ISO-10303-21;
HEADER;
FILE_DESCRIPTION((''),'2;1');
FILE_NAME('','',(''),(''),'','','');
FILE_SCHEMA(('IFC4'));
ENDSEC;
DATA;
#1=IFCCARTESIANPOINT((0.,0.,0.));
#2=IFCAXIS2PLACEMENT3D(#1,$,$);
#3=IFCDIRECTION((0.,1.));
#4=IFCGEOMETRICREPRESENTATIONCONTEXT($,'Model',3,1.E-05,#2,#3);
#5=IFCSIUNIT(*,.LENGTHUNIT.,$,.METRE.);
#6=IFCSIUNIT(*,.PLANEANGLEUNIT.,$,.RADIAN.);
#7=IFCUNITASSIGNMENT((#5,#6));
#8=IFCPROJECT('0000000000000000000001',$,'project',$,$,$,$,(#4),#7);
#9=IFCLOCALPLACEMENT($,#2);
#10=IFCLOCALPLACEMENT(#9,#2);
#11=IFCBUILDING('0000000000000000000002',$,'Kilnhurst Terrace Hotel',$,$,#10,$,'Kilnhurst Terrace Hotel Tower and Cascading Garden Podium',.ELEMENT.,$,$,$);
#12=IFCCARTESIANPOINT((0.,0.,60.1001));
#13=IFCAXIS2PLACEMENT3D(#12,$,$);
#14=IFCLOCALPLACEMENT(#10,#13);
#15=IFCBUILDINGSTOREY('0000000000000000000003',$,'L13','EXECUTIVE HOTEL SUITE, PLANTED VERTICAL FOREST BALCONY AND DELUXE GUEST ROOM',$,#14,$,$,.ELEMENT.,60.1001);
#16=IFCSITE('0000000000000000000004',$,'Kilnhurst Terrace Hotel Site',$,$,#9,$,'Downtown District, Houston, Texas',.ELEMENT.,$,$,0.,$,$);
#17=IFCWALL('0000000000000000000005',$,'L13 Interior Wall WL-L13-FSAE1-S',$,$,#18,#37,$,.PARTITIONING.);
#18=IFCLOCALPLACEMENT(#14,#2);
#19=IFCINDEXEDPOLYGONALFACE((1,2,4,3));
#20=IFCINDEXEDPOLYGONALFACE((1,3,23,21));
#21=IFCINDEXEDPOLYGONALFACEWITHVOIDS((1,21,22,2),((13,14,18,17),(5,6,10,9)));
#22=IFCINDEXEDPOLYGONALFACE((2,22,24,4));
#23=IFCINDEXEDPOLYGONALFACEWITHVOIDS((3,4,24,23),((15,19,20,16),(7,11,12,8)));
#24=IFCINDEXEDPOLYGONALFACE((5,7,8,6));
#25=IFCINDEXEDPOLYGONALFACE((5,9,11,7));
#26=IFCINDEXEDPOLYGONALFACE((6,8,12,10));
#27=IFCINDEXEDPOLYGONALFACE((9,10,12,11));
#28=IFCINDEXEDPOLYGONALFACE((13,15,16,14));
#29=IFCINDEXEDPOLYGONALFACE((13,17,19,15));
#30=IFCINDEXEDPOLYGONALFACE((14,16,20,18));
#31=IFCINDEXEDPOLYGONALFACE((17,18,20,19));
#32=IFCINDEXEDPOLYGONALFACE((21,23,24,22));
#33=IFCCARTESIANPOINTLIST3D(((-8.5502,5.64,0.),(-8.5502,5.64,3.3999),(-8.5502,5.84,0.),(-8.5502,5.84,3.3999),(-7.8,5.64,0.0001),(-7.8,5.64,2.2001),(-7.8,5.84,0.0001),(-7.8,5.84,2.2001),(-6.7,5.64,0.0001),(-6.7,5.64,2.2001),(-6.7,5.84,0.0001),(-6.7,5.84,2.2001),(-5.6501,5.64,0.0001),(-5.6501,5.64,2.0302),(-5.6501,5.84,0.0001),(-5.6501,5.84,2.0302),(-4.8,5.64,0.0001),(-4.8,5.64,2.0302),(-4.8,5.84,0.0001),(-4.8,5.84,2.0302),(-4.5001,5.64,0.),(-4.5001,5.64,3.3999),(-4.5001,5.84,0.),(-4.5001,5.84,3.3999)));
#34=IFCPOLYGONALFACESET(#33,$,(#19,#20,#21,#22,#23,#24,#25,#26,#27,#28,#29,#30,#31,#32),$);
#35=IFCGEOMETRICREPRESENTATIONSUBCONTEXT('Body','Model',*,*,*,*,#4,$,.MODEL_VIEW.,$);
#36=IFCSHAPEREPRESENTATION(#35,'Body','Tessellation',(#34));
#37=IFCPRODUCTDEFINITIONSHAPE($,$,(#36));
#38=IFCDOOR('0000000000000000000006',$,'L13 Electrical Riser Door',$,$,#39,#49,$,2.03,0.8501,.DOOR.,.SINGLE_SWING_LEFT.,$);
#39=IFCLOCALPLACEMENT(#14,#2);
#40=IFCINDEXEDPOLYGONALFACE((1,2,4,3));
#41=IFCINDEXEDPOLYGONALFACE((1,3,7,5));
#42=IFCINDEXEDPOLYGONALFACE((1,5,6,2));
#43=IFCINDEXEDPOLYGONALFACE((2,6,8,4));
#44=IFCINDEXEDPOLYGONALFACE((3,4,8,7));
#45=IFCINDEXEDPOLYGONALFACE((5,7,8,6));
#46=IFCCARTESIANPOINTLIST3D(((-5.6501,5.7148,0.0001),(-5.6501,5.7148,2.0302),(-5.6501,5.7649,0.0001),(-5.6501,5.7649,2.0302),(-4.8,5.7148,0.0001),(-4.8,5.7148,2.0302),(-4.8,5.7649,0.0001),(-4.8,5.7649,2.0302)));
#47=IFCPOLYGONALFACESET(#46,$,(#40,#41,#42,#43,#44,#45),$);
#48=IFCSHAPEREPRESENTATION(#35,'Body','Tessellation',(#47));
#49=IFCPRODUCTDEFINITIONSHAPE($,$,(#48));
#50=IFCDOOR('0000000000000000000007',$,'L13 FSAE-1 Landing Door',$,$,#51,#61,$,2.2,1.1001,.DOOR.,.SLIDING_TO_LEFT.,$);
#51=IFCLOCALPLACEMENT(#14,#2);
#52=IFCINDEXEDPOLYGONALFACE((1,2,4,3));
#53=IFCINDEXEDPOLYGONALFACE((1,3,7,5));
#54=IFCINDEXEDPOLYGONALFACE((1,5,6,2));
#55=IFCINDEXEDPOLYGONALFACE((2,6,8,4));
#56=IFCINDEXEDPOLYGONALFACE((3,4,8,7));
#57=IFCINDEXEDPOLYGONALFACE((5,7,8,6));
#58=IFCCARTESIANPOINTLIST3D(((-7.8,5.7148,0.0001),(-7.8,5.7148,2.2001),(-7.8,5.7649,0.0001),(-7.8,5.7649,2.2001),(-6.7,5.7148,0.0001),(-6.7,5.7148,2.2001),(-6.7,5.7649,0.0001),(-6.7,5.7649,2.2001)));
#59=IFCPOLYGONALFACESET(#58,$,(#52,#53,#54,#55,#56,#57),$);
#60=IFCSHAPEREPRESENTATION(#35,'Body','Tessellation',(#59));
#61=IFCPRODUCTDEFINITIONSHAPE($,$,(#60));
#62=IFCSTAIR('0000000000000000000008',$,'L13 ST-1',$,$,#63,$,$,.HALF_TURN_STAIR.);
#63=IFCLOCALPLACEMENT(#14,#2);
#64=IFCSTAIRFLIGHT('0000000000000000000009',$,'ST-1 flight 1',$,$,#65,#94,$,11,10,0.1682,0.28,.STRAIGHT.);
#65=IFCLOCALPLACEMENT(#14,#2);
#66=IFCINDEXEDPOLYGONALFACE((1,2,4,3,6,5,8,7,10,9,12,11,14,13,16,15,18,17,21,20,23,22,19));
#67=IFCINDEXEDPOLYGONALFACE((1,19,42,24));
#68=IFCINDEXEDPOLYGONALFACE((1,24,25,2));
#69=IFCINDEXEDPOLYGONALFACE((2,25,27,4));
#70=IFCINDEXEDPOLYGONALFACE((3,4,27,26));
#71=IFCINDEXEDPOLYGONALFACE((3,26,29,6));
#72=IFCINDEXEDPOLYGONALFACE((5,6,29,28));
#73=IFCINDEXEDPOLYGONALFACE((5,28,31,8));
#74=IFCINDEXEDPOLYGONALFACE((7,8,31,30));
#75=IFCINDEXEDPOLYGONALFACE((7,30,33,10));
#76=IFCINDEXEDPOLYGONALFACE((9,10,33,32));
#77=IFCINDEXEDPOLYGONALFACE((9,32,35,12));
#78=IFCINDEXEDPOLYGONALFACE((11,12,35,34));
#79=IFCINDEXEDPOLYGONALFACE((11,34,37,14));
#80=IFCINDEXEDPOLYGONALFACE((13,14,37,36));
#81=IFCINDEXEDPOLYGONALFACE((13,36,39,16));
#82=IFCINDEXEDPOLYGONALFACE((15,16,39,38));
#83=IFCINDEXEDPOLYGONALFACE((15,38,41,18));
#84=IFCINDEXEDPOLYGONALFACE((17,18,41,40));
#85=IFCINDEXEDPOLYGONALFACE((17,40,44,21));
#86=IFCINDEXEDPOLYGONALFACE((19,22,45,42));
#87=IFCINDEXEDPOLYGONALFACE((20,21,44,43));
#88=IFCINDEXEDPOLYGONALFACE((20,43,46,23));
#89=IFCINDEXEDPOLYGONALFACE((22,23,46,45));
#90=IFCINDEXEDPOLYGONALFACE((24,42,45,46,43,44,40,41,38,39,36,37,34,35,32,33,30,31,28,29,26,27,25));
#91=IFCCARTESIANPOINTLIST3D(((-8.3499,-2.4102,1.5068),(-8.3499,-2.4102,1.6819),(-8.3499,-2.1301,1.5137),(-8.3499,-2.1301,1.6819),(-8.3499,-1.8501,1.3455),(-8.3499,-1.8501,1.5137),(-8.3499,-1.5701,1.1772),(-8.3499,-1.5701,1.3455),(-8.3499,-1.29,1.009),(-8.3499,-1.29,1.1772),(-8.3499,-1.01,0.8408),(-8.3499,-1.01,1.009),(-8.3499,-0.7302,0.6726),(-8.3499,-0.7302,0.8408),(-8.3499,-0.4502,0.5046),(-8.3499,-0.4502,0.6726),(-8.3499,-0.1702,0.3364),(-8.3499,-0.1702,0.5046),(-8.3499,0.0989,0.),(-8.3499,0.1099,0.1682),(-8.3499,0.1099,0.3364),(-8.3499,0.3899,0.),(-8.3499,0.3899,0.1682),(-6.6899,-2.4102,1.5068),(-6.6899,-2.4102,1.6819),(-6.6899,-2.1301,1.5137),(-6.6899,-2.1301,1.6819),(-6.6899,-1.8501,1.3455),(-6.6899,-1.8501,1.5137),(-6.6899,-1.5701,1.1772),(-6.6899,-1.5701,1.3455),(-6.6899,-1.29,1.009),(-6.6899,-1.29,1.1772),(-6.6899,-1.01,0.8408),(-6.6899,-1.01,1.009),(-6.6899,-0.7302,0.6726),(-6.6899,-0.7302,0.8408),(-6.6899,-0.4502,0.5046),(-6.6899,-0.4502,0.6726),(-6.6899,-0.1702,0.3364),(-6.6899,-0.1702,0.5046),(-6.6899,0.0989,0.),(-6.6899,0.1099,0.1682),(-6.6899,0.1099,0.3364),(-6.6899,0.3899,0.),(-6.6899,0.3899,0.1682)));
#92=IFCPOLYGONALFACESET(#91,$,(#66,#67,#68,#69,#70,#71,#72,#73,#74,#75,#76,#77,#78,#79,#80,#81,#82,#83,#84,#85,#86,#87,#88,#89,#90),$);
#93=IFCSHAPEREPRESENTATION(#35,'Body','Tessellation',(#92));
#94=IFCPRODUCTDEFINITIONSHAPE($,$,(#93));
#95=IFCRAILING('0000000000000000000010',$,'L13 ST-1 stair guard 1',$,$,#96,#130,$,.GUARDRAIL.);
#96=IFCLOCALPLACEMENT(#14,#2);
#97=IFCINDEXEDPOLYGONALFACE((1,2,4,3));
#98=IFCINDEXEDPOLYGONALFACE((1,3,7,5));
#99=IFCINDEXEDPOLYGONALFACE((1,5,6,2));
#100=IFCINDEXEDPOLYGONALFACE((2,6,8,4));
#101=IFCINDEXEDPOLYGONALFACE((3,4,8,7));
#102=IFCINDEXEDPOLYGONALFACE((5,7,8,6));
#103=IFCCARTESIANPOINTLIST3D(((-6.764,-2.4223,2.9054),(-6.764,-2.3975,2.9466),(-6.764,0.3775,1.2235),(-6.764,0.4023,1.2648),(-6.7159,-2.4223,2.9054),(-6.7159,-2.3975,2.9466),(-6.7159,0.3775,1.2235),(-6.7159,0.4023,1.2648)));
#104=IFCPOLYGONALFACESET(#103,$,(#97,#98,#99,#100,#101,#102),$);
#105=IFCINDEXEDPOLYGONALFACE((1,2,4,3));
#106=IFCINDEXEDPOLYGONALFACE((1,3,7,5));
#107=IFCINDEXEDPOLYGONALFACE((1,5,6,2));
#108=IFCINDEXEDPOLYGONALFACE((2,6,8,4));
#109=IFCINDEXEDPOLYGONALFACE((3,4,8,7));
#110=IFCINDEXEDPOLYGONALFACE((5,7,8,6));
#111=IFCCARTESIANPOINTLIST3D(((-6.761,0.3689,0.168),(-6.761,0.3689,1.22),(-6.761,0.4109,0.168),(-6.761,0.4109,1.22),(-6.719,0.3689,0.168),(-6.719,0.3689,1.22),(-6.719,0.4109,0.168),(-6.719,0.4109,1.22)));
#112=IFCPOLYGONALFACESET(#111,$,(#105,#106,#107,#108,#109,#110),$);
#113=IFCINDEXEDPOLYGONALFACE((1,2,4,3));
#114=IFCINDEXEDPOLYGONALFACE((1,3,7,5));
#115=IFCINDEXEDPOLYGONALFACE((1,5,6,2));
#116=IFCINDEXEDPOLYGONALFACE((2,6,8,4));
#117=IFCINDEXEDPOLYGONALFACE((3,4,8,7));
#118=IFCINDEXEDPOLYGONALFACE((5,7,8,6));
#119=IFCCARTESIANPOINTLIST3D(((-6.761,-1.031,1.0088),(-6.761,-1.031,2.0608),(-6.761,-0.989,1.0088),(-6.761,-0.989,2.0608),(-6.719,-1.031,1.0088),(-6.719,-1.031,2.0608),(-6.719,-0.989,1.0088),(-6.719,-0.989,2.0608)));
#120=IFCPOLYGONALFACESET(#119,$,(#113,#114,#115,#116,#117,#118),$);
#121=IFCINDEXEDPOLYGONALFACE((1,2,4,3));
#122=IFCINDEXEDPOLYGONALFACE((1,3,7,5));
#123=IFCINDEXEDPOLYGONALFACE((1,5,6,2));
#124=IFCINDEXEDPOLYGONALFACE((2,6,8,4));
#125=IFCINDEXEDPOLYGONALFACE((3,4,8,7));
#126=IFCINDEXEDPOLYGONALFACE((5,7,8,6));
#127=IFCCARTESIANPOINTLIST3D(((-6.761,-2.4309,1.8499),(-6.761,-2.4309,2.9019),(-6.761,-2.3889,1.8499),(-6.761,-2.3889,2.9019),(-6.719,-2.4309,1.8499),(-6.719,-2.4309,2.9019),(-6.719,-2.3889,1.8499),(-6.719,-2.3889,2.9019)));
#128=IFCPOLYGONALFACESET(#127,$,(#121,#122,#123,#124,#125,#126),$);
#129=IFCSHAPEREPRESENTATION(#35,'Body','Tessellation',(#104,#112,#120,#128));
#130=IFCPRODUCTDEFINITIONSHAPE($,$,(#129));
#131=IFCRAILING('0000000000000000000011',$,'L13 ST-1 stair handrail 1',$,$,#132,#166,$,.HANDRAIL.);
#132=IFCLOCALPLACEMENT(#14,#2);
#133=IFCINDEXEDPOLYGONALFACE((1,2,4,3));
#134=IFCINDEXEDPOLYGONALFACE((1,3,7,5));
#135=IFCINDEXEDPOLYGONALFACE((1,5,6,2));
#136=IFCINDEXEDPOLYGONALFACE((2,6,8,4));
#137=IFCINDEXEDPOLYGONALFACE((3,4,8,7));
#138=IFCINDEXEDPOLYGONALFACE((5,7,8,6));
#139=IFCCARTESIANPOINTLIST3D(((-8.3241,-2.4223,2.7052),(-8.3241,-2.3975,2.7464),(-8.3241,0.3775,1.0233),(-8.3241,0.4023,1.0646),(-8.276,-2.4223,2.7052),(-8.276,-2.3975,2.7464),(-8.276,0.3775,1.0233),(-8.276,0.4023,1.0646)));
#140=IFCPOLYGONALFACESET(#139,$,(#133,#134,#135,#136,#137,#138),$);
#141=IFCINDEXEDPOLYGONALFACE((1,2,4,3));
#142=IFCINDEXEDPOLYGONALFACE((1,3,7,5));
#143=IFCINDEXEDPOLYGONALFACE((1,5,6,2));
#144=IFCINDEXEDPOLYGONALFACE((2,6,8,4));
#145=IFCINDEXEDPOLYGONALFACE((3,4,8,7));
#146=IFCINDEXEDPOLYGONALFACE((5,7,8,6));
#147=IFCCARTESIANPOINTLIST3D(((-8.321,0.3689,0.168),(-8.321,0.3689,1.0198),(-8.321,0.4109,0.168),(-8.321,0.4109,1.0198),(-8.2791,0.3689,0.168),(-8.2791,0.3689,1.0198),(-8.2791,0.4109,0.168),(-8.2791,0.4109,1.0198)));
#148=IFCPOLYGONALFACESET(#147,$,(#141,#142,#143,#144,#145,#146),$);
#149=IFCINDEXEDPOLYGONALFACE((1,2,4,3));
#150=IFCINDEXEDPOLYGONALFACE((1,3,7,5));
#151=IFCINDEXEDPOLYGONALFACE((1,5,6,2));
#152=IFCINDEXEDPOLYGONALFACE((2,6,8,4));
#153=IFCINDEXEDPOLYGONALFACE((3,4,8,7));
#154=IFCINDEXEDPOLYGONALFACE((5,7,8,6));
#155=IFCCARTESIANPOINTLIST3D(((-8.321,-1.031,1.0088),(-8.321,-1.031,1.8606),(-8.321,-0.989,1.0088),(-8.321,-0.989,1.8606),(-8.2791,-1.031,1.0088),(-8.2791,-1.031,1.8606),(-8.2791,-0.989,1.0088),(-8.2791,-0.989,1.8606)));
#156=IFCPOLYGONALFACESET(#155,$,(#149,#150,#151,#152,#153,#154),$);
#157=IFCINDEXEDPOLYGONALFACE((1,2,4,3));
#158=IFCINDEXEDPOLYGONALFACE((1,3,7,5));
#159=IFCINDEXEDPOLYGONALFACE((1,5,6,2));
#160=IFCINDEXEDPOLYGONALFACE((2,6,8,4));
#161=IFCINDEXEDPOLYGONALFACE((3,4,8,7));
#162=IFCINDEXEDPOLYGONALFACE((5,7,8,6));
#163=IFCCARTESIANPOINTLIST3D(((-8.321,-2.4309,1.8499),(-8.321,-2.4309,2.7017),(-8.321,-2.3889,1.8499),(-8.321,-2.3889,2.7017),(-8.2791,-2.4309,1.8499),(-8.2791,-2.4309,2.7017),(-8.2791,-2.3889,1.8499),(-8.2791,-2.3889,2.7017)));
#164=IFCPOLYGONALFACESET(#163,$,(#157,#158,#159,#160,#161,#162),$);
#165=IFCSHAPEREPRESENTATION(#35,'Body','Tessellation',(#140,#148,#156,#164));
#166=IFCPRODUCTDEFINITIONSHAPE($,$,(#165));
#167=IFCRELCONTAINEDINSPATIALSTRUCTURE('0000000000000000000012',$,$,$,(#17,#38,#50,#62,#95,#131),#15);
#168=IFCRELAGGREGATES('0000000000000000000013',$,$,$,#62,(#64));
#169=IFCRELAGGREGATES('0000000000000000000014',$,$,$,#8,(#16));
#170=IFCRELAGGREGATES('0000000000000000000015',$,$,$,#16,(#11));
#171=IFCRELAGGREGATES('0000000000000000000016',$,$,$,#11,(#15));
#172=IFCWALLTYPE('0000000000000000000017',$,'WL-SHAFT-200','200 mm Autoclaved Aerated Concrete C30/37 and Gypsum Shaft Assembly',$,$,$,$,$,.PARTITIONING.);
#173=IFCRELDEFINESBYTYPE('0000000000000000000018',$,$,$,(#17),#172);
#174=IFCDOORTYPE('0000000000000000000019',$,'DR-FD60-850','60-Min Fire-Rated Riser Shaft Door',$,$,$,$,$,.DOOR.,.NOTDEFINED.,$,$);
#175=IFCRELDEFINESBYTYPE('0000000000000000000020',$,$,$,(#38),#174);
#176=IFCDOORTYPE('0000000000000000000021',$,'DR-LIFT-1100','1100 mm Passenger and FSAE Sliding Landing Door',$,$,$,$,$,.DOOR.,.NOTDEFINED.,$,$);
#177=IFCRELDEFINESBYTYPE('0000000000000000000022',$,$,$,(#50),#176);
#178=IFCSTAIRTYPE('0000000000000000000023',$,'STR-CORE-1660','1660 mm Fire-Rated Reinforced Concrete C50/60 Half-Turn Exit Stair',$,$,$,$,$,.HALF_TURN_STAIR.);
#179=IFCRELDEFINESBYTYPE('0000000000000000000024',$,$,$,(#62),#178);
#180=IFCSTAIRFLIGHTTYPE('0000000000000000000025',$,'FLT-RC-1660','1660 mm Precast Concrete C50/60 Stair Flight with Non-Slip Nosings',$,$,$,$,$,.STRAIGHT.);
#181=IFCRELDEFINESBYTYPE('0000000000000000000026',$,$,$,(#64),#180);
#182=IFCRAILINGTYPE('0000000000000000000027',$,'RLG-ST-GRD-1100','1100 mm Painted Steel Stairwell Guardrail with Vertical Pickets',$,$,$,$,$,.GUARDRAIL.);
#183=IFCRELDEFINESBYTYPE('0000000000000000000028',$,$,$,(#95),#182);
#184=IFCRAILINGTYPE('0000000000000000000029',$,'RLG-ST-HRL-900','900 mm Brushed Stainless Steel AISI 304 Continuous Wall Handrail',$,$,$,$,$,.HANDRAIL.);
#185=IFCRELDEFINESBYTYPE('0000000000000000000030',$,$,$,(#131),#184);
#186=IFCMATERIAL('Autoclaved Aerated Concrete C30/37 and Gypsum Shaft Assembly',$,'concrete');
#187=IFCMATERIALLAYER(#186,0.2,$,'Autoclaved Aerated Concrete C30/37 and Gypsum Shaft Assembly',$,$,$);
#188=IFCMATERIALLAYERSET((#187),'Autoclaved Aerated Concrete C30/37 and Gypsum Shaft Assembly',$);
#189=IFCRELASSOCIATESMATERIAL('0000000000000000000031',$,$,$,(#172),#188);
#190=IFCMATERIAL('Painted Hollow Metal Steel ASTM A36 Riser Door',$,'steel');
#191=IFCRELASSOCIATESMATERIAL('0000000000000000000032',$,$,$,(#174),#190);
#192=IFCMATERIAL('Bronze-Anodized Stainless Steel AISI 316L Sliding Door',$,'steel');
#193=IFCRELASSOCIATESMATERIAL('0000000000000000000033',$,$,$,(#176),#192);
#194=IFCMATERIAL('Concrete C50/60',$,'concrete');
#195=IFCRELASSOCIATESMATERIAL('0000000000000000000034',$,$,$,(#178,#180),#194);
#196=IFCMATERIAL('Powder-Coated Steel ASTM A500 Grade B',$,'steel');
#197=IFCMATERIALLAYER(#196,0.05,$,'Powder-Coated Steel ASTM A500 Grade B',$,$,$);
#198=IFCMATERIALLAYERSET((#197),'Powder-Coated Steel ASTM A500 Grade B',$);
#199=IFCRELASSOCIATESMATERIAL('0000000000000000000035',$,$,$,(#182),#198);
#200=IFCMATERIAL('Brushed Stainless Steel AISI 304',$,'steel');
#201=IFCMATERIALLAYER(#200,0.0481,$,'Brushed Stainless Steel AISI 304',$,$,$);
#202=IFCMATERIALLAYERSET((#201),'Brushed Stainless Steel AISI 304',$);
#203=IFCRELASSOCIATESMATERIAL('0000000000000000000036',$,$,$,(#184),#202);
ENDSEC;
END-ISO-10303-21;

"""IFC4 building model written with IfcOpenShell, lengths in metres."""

from ifc_helpers import new_model, si_unit, direction, frame, frame_2d, origin, origin_2d, place, context, subcontext, project, spatial, polyline, rectangle, outline, extrude, material, layer, layer_set, type_object, element, fill, aggregate, save


model = new_model("IFC4")

# Units and contexts
model_context = context("Model", 3, precision=1e-05, world=origin(), true_north=direction((0.0, 1.0)))
body_context = subcontext(model_context, "Body", "Model", "MODEL_VIEW")
ifc_project = project(units=[si_unit("LENGTHUNIT", "METRE"), si_unit("PLANEANGLEUNIT", "RADIAN")], contexts=[model_context])

# Site, building, storey
site_placement = place(None, origin())
site = spatial("IfcSite", under=ifc_project, at=site_placement, Name="Kilnhurst Terrace Hotel Site", LongName="Downtown District, Houston, Texas", CompositionType="ELEMENT", RefElevation=0.0)
building_placement = place(site_placement, origin())
building = spatial("IfcBuilding", under=site, at=building_placement, Name="Kilnhurst Terrace Hotel", LongName="Kilnhurst Terrace Hotel Tower and Cascading Garden Podium", CompositionType="ELEMENT")
storey_placement = place(building_placement, frame((0.0, 0.0, 60.1001)))
storey = spatial("IfcBuildingStorey", under=building, at=storey_placement, Name="L13", Description="EXECUTIVE HOTEL SUITE, PLANTED VERTICAL FOREST BALCONY AND DELUXE GUEST ROOM", CompositionType="ELEMENT", Elevation=60.1001)

# Shared definitions
ifc_material_1 = material(Name="Concrete C50/60", Category="concrete")

# Wall, openings, doors
ifc_material_2 = material(Name="Autoclaved Aerated Concrete C30/37 and Gypsum Shaft Assembly", Category="concrete")
ifc_layer_1 = layer(ifc_material_2, 0.2, Name="Autoclaved Aerated Concrete C30/37 and Gypsum Shaft Assembly")
ifc_layer_set_1 = layer_set([ifc_layer_1], Name="Autoclaved Aerated Concrete C30/37 and Gypsum Shaft Assembly")
wall_type_1 = type_object("IfcWallType", Name="WL-SHAFT-200", Description="200 mm Autoclaved Aerated Concrete C30/37 and Gypsum Shaft Assembly", PredefinedType="PARTITIONING", material=ifc_layer_set_1)
wall_1_placement = place(storey_placement, frame((-8.55, 5.74, 0.0), z_axis=(0.0, 0.0, 1.0), x_axis=(1.0, 0.0, 0.0)))
wall_1 = element("IfcWall", 1, at=wall_1_placement, inside=storey, type_object=wall_type_1, Name="L13 Interior Wall WL-L13-FSAE1-S", PredefinedType="PARTITIONING", context=body_context, shape_type="SweptSolid", body=[
    extrude(rectangle(XDim=4.05, YDim=0.2, at=frame_2d((2.0249, 0.0))), origin(), (0.0, 0.0, 1.0), 3.3999),
])
opening_1_placement = place(wall_1_placement, frame((0.75, 0.0, 0.0)))
opening_1 = element("IfcOpeningElement", 2, at=opening_1_placement, cuts=wall_1, PredefinedType="OPENING", context=body_context, shape_type="SweptSolid", body=[
    extrude(rectangle(XDim=1.1001, YDim=2.2, at=frame_2d((0.55, 1.1001))), frame((0.0, 0.1099, 0.0), z_axis=(0.0, -1.0, 0.0), x_axis=(1.0, 0.0, 0.0)), (0.0, 0.0, 1.0), 0.22),
])
opening_2_placement = place(wall_1_placement, frame((2.8999, 0.0, 0.0)))
opening_2 = element("IfcOpeningElement", 3, at=opening_2_placement, cuts=wall_1, PredefinedType="OPENING", context=body_context, shape_type="SweptSolid", body=[
    extrude(rectangle(XDim=0.8501, YDim=2.03, at=frame_2d((0.425, 1.0151))), frame((0.0, 0.1099, 0.0), z_axis=(0.0, -1.0, 0.0), x_axis=(1.0, 0.0, 0.0)), (0.0, 0.0, 1.0), 0.22),
])
ifc_material_3 = material(Name="Painted Hollow Metal Steel ASTM A36 Riser Door", Category="steel")
door_type_1 = type_object("IfcDoorType", Name="DR-FD60-850", Description="60-Min Fire-Rated Riser Shaft Door", OperationType="NOTDEFINED", PredefinedType="DOOR", material=ifc_material_3)
door_1_placement = place(opening_2_placement, origin())
door_1 = element("IfcDoor", 4, at=door_1_placement, inside=storey, type_object=door_type_1, Name="L13 Electrical Riser Door", OperationType="SINGLE_SWING_LEFT", OverallHeight=2.03, OverallWidth=0.8501, PredefinedType="DOOR", context=body_context, shape_type="SweptSolid", body=[
    extrude(rectangle(XDim=0.8501, YDim=2.03, at=frame_2d((0.425, 1.0151))), frame((0.0, 0.0249, 0.0), z_axis=(0.0, -1.0, 0.0), x_axis=(1.0, 0.0, 0.0)), (0.0, 0.0, 1.0), 0.05),
])
fill(opening_2, door_1)
ifc_material_4 = material(Name="Bronze-Anodized Stainless Steel AISI 316L Sliding Door", Category="steel")
door_type_2 = type_object("IfcDoorType", Name="DR-LIFT-1100", Description="1100 mm Passenger and FSAE Sliding Landing Door", OperationType="NOTDEFINED", PredefinedType="DOOR", material=ifc_material_4)
door_2_placement = place(opening_1_placement, origin())
door_2 = element("IfcDoor", 5, at=door_2_placement, inside=storey, type_object=door_type_2, Name="L13 FSAE-1 Landing Door", OperationType="SLIDING_TO_LEFT", OverallHeight=2.2, OverallWidth=1.1001, PredefinedType="DOOR", context=body_context, shape_type="SweptSolid", body=[
    extrude(rectangle(XDim=1.1001, YDim=2.2, at=frame_2d((0.55, 1.1001))), frame((0.0, 0.0249, 0.0), z_axis=(0.0, -1.0, 0.0), x_axis=(1.0, 0.0, 0.0)), (0.0, 0.0, 1.0), 0.05),
])
fill(opening_1, door_2)

# Stair, stair flight
stair_type = type_object("IfcStairType", Name="STR-CORE-1660", Description="1660 mm Fire-Rated Reinforced Concrete C50/60 Half-Turn Exit Stair", PredefinedType="HALF_TURN_STAIR", material=ifc_material_1)
stair_placement = place(storey_placement, origin())
stair = element("IfcStair", 6, at=stair_placement, inside=storey, type_object=stair_type, Name="L13 ST-1", PredefinedType="HALF_TURN_STAIR")
stair_flight_type = type_object("IfcStairFlightType", Name="FLT-RC-1660", Description="1660 mm Precast Concrete C50/60 Stair Flight with Non-Slip Nosings", PredefinedType="STRAIGHT", material=ifc_material_1)
stair_flight_placement = place(storey_placement, frame((-7.52, 0.3899, 0.0), z_axis=(0.0, 0.0, 1.0), x_axis=(0.0, -1.0, 0.0)))
stair_flight = element("IfcStairFlight", 7, at=stair_flight_placement, type_object=stair_flight_type, Name="ST-1 flight 1", NumberOfRisers=11, NumberOfTreads=10, PredefinedType="STRAIGHT", RiserHeight=0.1682, TreadLength=0.28, context=body_context, shape_type="SweptSolid", body=[
    extrude(outline(polyline([(0.0, 0.0), (0.0, 0.1682), (0.28, 0.1682), (0.28, 0.3364), (0.5601, 0.3364), (0.5601, 0.5046), (0.8401, 0.5046), (0.8401, 0.6726), (1.1201, 0.6726), (1.1201, 0.8408), (1.3999, 0.8408), (1.3999, 1.009), (1.6799, 1.009), (1.6799, 1.1772), (1.96, 1.1772), (1.96, 1.3455), (2.24, 1.3455), (2.24, 1.5137), (2.52, 1.5137), (2.52, 1.6819), (2.8, 1.6819), (2.8, 1.8501), (2.8, 1.5068), (0.291, 0.0), (0.0, 0.0)])), frame((0.0, 0.8301, 0.0), z_axis=(0.0, -1.0, 0.0), x_axis=(1.0, 0.0, 0.0)), (0.0, 0.0, 1.0), 1.6599),
])
aggregate(stair, [stair_flight])

# Railings
ifc_material_5 = material(Name="Powder-Coated Steel ASTM A500 Grade B", Category="steel")
ifc_layer_2 = layer(ifc_material_5, 0.05, Name="Powder-Coated Steel ASTM A500 Grade B")
ifc_layer_set_2 = layer_set([ifc_layer_2], Name="Powder-Coated Steel ASTM A500 Grade B")
railing_type_1 = type_object("IfcRailingType", Name="RLG-ST-GRD-1100", Description="1100 mm Painted Steel Stairwell Guardrail with Vertical Pickets", PredefinedType="GUARDRAIL", material=ifc_layer_set_2)
railing_1_placement = place(storey_placement, frame((-6.74, 0.3899, 0.168)))
element("IfcRailing", 8, at=railing_1_placement, inside=storey, type_object=railing_type_1, Name="L13 ST-1 stair guard 1", PredefinedType="GUARDRAIL", context=body_context, shape_type="SweptSolid", body=[
    extrude(rectangle(XDim=0.0481, YDim=0.0481, at=origin_2d()), frame((0.0, 0.0, 1.0762), z_axis=(0.0, -0.857222, 0.514946), x_axis=(1.0, 0.0, 0.0)), (0.0, 0.0, 1.0), 3.2661),
    extrude(rectangle(XDim=0.042, YDim=0.042, at=origin_2d()), origin(), (0.0, 0.0, 1.0), 1.052),
    extrude(rectangle(XDim=0.042, YDim=0.042, at=origin_2d()), frame((0.0, -1.3999, 0.8408)), (0.0, 0.0, 1.0), 1.052),
    extrude(rectangle(XDim=0.042, YDim=0.042, at=origin_2d()), frame((0.0, -2.7998, 1.6819)), (0.0, 0.0, 1.0), 1.052),
])
ifc_material_6 = material(Name="Brushed Stainless Steel AISI 304", Category="steel")
ifc_layer_3 = layer(ifc_material_6, 0.0481, Name="Brushed Stainless Steel AISI 304")
ifc_layer_set_3 = layer_set([ifc_layer_3], Name="Brushed Stainless Steel AISI 304")
railing_type_2 = type_object("IfcRailingType", Name="RLG-ST-HRL-900", Description="900 mm Brushed Stainless Steel AISI 304 Continuous Wall Handrail", PredefinedType="HANDRAIL", material=ifc_layer_set_3)
railing_2_placement = place(storey_placement, frame((-8.3, 0.3899, 0.168)))
element("IfcRailing", 9, at=railing_2_placement, inside=storey, type_object=railing_type_2, Name="L13 ST-1 stair handrail 1", PredefinedType="HANDRAIL", context=body_context, shape_type="SweptSolid", body=[
    extrude(rectangle(XDim=0.0481, YDim=0.0481, at=origin_2d()), frame((0.0, 0.0, 0.876), z_axis=(0.0, -0.857222, 0.514946), x_axis=(1.0, 0.0, 0.0)), (0.0, 0.0, 1.0), 3.2661),
    extrude(rectangle(XDim=0.042, YDim=0.042, at=origin_2d()), origin(), (0.0, 0.0, 1.0), 0.8518),
    extrude(rectangle(XDim=0.042, YDim=0.042, at=origin_2d()), frame((0.0, -1.3999, 0.8408)), (0.0, 0.0, 1.0), 0.8518),
    extrude(rectangle(XDim=0.042, YDim=0.042, at=origin_2d()), frame((0.0, -2.7998, 1.6819)), (0.0, 0.0, 1.0), 0.8518),
])

save(model, "model.ifc")
